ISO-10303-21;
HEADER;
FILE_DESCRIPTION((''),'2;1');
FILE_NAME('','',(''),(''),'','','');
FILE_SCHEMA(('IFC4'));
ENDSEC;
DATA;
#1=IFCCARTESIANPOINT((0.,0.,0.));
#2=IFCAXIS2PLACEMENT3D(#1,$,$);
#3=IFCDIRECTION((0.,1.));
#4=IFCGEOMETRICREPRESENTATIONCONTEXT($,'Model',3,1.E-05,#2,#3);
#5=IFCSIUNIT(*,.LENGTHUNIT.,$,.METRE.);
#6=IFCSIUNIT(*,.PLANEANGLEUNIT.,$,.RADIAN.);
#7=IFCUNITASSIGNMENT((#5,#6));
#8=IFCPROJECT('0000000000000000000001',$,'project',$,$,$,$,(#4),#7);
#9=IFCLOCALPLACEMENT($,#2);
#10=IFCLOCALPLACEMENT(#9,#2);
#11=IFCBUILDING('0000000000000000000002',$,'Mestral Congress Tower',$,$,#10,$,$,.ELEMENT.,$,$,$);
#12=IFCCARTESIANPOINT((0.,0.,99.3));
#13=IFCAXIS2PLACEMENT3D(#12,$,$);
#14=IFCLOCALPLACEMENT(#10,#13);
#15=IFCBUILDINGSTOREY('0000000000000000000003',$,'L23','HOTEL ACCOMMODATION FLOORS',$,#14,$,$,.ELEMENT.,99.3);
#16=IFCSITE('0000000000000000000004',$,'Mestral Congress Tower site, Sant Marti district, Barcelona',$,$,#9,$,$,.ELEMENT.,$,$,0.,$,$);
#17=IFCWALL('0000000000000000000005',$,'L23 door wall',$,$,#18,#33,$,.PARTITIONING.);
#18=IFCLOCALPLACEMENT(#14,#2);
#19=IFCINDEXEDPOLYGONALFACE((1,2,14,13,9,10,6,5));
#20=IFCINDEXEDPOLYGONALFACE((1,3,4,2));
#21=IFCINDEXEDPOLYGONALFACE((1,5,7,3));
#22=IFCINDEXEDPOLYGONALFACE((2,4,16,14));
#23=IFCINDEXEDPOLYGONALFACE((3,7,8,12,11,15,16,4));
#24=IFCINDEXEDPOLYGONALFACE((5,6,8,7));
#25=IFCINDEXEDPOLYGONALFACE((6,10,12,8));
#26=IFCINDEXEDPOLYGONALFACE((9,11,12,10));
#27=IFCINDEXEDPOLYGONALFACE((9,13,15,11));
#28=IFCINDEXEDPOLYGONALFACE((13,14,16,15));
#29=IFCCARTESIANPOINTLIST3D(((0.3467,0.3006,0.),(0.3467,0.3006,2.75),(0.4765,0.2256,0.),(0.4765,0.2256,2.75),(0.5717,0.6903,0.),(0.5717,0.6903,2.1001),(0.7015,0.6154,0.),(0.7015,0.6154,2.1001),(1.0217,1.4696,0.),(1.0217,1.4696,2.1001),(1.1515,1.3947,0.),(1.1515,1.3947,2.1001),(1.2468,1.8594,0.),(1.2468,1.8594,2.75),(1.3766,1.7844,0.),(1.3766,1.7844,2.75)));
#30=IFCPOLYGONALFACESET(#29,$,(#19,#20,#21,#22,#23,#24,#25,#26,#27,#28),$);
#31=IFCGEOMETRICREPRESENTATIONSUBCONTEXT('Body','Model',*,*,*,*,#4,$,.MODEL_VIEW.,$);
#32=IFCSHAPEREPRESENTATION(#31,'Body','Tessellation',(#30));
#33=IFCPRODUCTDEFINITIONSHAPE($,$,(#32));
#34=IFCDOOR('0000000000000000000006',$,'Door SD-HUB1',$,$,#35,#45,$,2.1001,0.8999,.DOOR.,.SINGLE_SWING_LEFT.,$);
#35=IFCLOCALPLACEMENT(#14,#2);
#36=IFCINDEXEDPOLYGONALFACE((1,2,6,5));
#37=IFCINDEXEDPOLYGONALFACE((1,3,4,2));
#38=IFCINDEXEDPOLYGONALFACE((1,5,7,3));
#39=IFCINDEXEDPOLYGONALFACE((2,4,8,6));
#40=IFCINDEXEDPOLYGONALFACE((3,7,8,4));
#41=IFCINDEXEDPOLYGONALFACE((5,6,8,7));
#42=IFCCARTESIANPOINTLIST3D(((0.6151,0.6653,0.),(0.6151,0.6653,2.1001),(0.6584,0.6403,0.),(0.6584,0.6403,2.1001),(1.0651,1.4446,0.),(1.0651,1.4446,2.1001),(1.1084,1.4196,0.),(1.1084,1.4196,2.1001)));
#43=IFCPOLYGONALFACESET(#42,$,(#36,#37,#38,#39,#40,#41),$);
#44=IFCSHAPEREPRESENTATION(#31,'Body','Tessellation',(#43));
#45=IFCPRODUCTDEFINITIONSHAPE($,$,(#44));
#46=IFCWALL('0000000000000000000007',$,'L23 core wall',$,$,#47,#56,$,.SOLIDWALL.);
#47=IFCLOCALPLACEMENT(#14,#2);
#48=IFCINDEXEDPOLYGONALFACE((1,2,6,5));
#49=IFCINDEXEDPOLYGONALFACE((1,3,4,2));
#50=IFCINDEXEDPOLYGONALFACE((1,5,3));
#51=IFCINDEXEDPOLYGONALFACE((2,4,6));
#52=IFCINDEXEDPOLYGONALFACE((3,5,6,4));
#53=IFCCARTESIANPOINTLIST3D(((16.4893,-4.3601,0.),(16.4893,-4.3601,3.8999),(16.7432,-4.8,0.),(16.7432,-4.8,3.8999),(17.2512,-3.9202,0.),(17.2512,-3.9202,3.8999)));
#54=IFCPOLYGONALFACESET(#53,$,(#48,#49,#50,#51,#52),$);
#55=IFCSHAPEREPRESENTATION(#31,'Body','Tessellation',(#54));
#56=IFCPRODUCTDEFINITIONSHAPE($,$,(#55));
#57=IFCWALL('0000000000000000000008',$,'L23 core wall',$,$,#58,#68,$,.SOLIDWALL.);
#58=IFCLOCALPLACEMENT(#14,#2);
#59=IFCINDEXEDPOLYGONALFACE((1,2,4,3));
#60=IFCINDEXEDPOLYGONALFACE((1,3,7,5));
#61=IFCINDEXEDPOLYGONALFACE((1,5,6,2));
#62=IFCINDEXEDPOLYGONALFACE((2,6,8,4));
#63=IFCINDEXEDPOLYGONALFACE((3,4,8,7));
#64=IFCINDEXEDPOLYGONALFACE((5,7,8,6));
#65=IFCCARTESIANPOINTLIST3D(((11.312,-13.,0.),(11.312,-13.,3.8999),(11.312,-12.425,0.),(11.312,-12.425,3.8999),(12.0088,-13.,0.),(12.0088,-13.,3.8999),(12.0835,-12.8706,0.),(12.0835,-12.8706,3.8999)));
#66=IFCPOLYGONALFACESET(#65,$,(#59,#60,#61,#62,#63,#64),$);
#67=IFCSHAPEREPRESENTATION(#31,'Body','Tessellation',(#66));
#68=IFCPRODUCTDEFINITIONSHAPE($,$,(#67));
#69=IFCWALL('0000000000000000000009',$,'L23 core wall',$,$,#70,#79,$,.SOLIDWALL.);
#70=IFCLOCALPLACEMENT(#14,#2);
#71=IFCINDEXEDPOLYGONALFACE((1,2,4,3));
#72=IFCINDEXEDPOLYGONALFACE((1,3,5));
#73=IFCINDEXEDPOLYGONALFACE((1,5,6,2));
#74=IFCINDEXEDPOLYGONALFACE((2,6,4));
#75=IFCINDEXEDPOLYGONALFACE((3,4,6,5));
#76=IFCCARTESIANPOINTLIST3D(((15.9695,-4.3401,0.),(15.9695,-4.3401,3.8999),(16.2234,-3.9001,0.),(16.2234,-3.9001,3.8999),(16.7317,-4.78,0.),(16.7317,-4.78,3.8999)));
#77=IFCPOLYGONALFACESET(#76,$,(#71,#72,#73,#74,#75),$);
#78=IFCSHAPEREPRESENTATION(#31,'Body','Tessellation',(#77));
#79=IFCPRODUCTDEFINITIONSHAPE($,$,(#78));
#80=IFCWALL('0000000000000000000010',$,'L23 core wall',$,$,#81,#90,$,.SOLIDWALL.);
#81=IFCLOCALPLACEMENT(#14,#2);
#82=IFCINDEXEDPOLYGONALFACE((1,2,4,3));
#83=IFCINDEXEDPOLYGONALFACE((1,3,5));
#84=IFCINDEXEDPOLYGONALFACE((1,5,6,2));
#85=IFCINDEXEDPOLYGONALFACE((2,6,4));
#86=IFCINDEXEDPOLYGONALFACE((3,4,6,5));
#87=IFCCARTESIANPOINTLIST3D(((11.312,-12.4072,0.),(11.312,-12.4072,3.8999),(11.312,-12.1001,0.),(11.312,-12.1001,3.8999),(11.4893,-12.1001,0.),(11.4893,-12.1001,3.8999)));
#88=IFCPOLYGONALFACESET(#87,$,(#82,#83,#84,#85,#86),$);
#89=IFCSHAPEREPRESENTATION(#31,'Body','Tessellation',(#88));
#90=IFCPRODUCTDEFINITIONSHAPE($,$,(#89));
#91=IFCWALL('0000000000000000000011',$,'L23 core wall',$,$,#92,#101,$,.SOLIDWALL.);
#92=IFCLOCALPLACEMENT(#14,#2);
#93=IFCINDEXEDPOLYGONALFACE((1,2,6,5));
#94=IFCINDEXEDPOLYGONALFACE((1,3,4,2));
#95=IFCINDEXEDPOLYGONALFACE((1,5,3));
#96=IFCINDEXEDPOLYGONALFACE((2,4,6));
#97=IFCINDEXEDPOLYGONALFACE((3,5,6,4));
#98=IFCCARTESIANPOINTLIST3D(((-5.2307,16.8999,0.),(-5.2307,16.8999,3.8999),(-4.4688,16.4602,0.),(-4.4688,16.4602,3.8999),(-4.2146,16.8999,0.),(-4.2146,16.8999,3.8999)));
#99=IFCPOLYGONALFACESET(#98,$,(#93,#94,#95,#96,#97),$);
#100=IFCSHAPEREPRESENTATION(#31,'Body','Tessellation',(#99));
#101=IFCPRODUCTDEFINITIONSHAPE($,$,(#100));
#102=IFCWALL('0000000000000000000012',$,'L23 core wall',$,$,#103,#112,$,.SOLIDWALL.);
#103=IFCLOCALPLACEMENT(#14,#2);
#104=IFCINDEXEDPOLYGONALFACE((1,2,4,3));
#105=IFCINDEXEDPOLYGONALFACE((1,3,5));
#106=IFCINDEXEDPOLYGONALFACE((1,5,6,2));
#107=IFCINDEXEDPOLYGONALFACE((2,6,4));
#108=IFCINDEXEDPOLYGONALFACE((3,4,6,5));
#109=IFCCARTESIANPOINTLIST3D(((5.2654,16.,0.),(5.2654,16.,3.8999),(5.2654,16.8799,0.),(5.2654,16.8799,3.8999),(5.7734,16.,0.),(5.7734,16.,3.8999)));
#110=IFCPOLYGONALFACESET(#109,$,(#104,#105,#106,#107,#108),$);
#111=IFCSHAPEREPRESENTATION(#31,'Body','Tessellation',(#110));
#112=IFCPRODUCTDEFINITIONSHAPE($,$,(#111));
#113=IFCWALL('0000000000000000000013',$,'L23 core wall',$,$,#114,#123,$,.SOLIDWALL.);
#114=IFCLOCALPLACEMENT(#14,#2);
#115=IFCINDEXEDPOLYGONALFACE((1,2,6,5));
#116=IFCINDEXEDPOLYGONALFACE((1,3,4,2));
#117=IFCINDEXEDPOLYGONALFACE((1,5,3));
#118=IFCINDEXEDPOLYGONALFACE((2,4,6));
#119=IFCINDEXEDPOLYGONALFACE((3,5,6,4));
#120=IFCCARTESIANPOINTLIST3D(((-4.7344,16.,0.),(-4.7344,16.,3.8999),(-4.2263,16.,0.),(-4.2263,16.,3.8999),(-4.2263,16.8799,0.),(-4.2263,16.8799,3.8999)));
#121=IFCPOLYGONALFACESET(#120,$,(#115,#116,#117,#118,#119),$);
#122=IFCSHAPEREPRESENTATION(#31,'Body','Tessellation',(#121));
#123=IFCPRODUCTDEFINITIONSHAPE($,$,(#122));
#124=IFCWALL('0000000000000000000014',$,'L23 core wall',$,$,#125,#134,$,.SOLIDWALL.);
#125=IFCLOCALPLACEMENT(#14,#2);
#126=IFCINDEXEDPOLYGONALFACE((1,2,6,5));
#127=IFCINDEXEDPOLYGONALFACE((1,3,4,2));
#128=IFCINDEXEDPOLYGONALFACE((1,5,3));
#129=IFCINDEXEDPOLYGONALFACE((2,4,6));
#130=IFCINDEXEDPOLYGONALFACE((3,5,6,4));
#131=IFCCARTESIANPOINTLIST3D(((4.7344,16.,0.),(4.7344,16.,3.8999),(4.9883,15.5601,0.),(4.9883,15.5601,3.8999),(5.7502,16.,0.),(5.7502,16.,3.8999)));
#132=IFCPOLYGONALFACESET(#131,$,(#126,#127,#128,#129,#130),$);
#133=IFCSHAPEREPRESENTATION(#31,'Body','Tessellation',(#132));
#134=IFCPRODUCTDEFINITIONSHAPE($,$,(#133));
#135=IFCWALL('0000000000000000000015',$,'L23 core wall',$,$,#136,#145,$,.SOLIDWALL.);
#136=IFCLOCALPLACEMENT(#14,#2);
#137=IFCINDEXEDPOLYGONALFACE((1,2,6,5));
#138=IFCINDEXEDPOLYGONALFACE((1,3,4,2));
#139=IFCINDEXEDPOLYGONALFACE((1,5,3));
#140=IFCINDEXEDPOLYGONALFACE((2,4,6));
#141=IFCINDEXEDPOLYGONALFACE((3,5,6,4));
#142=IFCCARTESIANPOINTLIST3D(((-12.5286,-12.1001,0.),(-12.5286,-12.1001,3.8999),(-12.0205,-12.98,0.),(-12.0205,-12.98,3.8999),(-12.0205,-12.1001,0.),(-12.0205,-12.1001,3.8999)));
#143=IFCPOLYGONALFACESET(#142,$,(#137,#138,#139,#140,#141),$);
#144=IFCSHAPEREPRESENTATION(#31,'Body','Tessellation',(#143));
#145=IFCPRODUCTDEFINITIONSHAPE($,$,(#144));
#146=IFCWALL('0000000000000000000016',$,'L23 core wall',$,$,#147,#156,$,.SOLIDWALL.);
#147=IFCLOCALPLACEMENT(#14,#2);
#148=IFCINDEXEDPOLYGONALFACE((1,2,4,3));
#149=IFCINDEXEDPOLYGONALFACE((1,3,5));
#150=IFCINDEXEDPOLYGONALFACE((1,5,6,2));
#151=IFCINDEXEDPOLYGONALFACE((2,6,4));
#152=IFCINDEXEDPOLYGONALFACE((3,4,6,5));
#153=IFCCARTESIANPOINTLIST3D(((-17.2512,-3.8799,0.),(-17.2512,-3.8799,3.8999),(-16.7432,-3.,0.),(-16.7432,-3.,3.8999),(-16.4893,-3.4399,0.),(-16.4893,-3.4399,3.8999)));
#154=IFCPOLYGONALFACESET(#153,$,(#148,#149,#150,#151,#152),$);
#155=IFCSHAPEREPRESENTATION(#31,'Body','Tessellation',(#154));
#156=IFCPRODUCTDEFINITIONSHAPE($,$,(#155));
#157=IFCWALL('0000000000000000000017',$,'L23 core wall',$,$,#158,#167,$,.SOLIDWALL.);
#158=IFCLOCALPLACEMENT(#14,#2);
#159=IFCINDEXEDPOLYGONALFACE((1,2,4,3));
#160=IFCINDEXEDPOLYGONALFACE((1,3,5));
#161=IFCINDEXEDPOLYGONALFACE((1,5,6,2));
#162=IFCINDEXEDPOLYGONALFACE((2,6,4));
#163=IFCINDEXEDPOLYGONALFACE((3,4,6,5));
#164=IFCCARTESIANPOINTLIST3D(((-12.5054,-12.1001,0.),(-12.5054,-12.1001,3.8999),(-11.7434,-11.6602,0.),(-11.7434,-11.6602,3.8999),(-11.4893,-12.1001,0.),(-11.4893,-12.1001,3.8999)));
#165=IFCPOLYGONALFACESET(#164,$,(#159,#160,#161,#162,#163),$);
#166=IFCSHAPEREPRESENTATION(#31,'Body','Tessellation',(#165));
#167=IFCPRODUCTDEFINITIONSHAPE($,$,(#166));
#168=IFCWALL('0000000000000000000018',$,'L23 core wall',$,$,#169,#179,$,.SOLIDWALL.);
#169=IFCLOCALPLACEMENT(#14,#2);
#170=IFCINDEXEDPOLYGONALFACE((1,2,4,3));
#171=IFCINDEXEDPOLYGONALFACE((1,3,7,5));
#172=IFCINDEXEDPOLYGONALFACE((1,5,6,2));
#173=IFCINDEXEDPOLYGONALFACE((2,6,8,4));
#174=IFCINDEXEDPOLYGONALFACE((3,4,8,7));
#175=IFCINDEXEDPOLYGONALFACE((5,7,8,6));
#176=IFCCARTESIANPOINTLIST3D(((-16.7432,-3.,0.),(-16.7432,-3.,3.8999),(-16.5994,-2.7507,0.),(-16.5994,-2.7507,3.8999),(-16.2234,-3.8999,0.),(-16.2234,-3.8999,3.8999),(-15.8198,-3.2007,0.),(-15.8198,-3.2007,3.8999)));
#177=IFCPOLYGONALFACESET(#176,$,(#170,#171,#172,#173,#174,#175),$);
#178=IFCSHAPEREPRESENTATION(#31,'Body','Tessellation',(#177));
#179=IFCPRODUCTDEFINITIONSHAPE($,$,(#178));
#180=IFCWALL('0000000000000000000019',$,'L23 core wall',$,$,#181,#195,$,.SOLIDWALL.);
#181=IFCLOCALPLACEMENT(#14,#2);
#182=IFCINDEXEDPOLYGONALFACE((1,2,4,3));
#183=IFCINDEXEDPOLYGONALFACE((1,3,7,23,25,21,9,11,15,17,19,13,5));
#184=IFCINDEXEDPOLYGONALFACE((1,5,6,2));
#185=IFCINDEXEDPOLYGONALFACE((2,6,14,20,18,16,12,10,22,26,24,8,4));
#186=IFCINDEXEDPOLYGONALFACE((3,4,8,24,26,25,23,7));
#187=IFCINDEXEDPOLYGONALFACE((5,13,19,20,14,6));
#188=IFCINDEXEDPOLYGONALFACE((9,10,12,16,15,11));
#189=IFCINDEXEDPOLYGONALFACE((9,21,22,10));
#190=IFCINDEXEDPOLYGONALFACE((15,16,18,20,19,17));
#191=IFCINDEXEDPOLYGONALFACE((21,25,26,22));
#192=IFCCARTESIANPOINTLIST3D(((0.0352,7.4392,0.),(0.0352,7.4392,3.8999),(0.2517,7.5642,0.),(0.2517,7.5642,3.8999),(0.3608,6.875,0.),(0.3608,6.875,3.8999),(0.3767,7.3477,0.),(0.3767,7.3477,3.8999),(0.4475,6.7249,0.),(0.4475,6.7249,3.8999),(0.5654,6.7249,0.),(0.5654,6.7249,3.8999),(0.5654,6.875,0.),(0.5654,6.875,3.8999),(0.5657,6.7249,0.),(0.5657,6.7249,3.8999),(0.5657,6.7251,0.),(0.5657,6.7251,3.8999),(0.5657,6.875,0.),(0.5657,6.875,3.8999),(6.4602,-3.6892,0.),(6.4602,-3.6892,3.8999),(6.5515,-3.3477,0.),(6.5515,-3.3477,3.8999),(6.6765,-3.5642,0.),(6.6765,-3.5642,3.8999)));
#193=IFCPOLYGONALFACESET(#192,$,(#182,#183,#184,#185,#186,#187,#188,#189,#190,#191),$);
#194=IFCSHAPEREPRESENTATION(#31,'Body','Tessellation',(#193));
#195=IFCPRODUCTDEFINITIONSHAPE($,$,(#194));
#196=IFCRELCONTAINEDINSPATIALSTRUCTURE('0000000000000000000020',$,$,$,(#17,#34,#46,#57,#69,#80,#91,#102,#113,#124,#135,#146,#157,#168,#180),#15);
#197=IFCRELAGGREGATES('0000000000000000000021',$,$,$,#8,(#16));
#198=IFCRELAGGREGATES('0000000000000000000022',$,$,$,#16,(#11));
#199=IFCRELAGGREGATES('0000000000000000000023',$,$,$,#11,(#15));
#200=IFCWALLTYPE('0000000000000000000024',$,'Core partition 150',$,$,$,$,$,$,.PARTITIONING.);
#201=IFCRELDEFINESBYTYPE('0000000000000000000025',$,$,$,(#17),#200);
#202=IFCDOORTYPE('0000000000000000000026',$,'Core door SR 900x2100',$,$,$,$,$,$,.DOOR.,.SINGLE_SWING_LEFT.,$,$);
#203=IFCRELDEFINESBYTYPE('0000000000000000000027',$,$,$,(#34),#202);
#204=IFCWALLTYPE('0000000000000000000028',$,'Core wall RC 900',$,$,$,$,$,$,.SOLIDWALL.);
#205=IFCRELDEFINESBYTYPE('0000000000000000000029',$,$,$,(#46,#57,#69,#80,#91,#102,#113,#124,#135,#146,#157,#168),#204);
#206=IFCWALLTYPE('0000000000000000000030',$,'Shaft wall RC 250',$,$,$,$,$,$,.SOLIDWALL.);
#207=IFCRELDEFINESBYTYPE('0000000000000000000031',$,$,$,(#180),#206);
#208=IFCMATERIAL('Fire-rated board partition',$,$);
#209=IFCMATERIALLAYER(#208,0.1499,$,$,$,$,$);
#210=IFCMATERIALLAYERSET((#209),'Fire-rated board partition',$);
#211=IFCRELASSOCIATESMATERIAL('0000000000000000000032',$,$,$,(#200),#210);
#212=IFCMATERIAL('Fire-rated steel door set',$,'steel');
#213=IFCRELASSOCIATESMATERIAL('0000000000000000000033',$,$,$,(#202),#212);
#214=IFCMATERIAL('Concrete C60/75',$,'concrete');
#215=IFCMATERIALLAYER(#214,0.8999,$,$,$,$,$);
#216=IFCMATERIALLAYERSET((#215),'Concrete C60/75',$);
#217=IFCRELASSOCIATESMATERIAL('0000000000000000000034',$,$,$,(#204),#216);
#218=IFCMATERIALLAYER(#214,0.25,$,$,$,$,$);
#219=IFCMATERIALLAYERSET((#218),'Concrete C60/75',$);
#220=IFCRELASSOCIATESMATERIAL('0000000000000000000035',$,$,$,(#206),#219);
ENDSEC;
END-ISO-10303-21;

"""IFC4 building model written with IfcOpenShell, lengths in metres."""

from ifc_helpers import new_model, si_unit, direction, frame, frame_2d, origin, place, context, subcontext, project, spatial, polyline, rectangle, outline, extrude, material, layer, layer_set, type_object, element, fill, save


model = new_model("IFC4")

# Units and contexts
model_context = context("Model", 3, precision=1e-05, world=origin(), true_north=direction((0.0, 1.0)))
body_context = subcontext(model_context, "Body", "Model", "MODEL_VIEW")
ifc_project = project(units=[si_unit("LENGTHUNIT", "METRE"), si_unit("PLANEANGLEUNIT", "RADIAN")], contexts=[model_context])

# Site, building, storey
site_placement = place(None, origin())
site = spatial("IfcSite", under=ifc_project, at=site_placement, Name="Mestral Congress Tower site, Sant Marti district, Barcelona", CompositionType="ELEMENT", RefElevation=0.0)
building_placement = place(site_placement, origin())
building = spatial("IfcBuilding", under=site, at=building_placement, Name="Mestral Congress Tower", CompositionType="ELEMENT")
storey_placement = place(building_placement, frame((0.0, 0.0, 99.3)))
storey = spatial("IfcBuildingStorey", under=building, at=storey_placement, Name="L23", Description="HOTEL ACCOMMODATION FLOORS", CompositionType="ELEMENT", Elevation=99.3)

# Shared definitions
ifc_material_1 = material(Name="Concrete C60/75", Category="concrete")

# Shared definitions
placement_1 = place(storey_placement, origin())

# Shared definitions
ifc_material_2 = material(Name="Fire-rated board partition")
ifc_layer_1 = layer(ifc_material_2, 0.1499)
ifc_layer_set_1 = layer_set([ifc_layer_1], Name="Fire-rated board partition")
wall_type_1 = type_object("IfcWallType", Name="Core partition 150", PredefinedType="PARTITIONING", material=ifc_layer_set_1)

# Wall, opening, door
wall_1_placement = place(storey_placement, frame((0.4116, 0.2632, 0.0), z_axis=(0.0, 0.0, 1.0), x_axis=(0.500063, 0.865989, 0.0)))
wall_1 = element("IfcWall", 1, at=wall_1_placement, inside=storey, type_object=wall_type_1, Name="L23 door wall", PredefinedType="PARTITIONING", context=body_context, shape_type="SweptSolid", body=[
    extrude(rectangle(XDim=1.8, YDim=0.1499, at=frame_2d((0.8999, 0.0))), origin(), (0.0, 0.0, 1.0), 2.75),
])
opening_placement = place(wall_1_placement, frame((0.45, 0.0, 0.0)))
opening = element("IfcOpeningElement", 2, at=opening_placement, cuts=wall_1, PredefinedType="OPENING", context=body_context, shape_type="SweptSolid", body=[
    extrude(rectangle(XDim=0.8999, YDim=2.1001, at=frame_2d((0.45, 1.05))), frame((0.0, 0.085, 0.0), z_axis=(0.0, -1.0, 0.0), x_axis=(1.0, 0.0, 0.0)), (0.0, 0.0, 1.0), 0.1699),
])
ifc_material_3 = material(Name="Fire-rated steel door set", Category="steel")
door_type = type_object("IfcDoorType", Name="Core door SR 900x2100", OperationType="SINGLE_SWING_LEFT", PredefinedType="DOOR", material=ifc_material_3)
door_placement = place(opening_placement, origin())
door = element("IfcDoor", 3, at=door_placement, inside=storey, type_object=door_type, Name="Door SD-HUB1", OperationType="SINGLE_SWING_LEFT", OverallHeight=2.1001, OverallWidth=0.8999, PredefinedType="DOOR", context=body_context, shape_type="SweptSolid", body=[
    extrude(rectangle(XDim=0.8999, YDim=2.1001, at=frame_2d((0.45, 1.05))), frame((0.0, 0.0249, 0.0), z_axis=(0.0, -1.0, 0.0), x_axis=(1.0, 0.0, 0.0)), (0.0, 0.0, 1.0), 0.05),
])
fill(opening, door)

# Walls
ifc_layer_2 = layer(ifc_material_1, 0.8999)
ifc_layer_set_2 = layer_set([ifc_layer_2], Name="Concrete C60/75")
wall_type_2 = type_object("IfcWallType", Name="Core wall RC 900", PredefinedType="SOLIDWALL", material=ifc_layer_set_2)
element("IfcWall", 4, at=placement_1, inside=storey, type_object=wall_type_2, Name="L23 core wall", PredefinedType="SOLIDWALL", context=body_context, shape_type="SweptSolid", body=[
    extrude(outline(polyline([(16.7432, -4.8), (16.4893, -4.3601), (17.2512, -3.9202), (16.7432, -4.8)])), origin(), (0.0, 0.0, 1.0), 3.8999),
])
element("IfcWall", 5, at=placement_1, inside=storey, type_object=wall_type_2, Name="L23 core wall", PredefinedType="SOLIDWALL", context=body_context, shape_type="SweptSolid", body=[
    extrude(outline(polyline([(12.0088, -13.0), (11.312, -13.0), (11.312, -12.425), (12.0835, -12.8706), (12.0088, -13.0)])), origin(), (0.0, 0.0, 1.0), 3.8999),
])
element("IfcWall", 6, at=placement_1, inside=storey, type_object=wall_type_2, Name="L23 core wall", PredefinedType="SOLIDWALL", context=body_context, shape_type="SweptSolid", body=[
    extrude(outline(polyline([(16.2234, -3.9001), (16.7317, -4.78), (15.9695, -4.3401), (16.2234, -3.9001)])), origin(), (0.0, 0.0, 1.0), 3.8999),
])
element("IfcWall", 7, at=placement_1, inside=storey, type_object=wall_type_2, Name="L23 core wall", PredefinedType="SOLIDWALL", context=body_context, shape_type="SweptSolid", body=[
    extrude(outline(polyline([(11.4893, -12.1001), (11.312, -12.4072), (11.312, -12.1001), (11.4893, -12.1001)])), origin(), (0.0, 0.0, 1.0), 3.8999),
])
element("IfcWall", 8, at=placement_1, inside=storey, type_object=wall_type_2, Name="L23 core wall", PredefinedType="SOLIDWALL", context=body_context, shape_type="SweptSolid", body=[
    extrude(outline(polyline([(-4.2146, 16.8999), (-4.4688, 16.4602), (-5.2307, 16.8999), (-4.2146, 16.8999)])), origin(), (0.0, 0.0, 1.0), 3.8999),
])
element("IfcWall", 9, at=placement_1, inside=storey, type_object=wall_type_2, Name="L23 core wall", PredefinedType="SOLIDWALL", context=body_context, shape_type="SweptSolid", body=[
    extrude(outline(polyline([(5.2654, 16.0), (5.2654, 16.8799), (5.7734, 16.0), (5.2654, 16.0)])), origin(), (0.0, 0.0, 1.0), 3.8999),
])
element("IfcWall", 10, at=placement_1, inside=storey, type_object=wall_type_2, Name="L23 core wall", PredefinedType="SOLIDWALL", context=body_context, shape_type="SweptSolid", body=[
    extrude(outline(polyline([(-4.7344, 16.0), (-4.2263, 16.8799), (-4.2263, 16.0), (-4.7344, 16.0)])), origin(), (0.0, 0.0, 1.0), 3.8999),
])
element("IfcWall", 11, at=placement_1, inside=storey, type_object=wall_type_2, Name="L23 core wall", PredefinedType="SOLIDWALL", context=body_context, shape_type="SweptSolid", body=[
    extrude(outline(polyline([(4.7344, 16.0), (5.7502, 16.0), (4.9883, 15.5601), (4.7344, 16.0)])), origin(), (0.0, 0.0, 1.0), 3.8999),
])
element("IfcWall", 12, at=placement_1, inside=storey, type_object=wall_type_2, Name="L23 core wall", PredefinedType="SOLIDWALL", context=body_context, shape_type="SweptSolid", body=[
    extrude(outline(polyline([(-12.5286, -12.1001), (-12.0205, -12.1001), (-12.0205, -12.98), (-12.5286, -12.1001)])), origin(), (0.0, 0.0, 1.0), 3.8999),
])
element("IfcWall", 13, at=placement_1, inside=storey, type_object=wall_type_2, Name="L23 core wall", PredefinedType="SOLIDWALL", context=body_context, shape_type="SweptSolid", body=[
    extrude(outline(polyline([(-16.4893, -3.4399), (-17.2512, -3.8799), (-16.7432, -3.0), (-16.4893, -3.4399)])), origin(), (0.0, 0.0, 1.0), 3.8999),
])
element("IfcWall", 14, at=placement_1, inside=storey, type_object=wall_type_2, Name="L23 core wall", PredefinedType="SOLIDWALL", context=body_context, shape_type="SweptSolid", body=[
    extrude(outline(polyline([(-11.4893, -12.1001), (-12.5054, -12.1001), (-11.7434, -11.6602), (-11.4893, -12.1001)])), origin(), (0.0, 0.0, 1.0), 3.8999),
])
element("IfcWall", 15, at=placement_1, inside=storey, type_object=wall_type_2, Name="L23 core wall", PredefinedType="SOLIDWALL", context=body_context, shape_type="SweptSolid", body=[
    extrude(outline(polyline([(-15.8198, -3.2007), (-16.2234, -3.8999), (-16.7432, -3.0), (-16.5994, -2.7507), (-15.8198, -3.2007)])), origin(), (0.0, 0.0, 1.0), 3.8999),
])
ifc_layer_3 = layer(ifc_material_1, 0.25)
ifc_layer_set_3 = layer_set([ifc_layer_3], Name="Concrete C60/75")
wall_type_3 = type_object("IfcWallType", Name="Shaft wall RC 250", PredefinedType="SOLIDWALL", material=ifc_layer_set_3)
element("IfcWall", 16, at=placement_1, inside=storey, type_object=wall_type_3, Name="L23 core wall", PredefinedType="SOLIDWALL", context=body_context, shape_type="SweptSolid", body=[
    extrude(outline(polyline([(0.5657, 6.7251), (0.5657, 6.875), (0.5657, 6.875), (0.5654, 6.875), (0.3608, 6.875), (0.0352, 7.4392), (0.2517, 7.5642), (0.3767, 7.3477), (6.5515, -3.3477), (6.6765, -3.5642), (6.4602, -3.6892), (0.4475, 6.7249), (0.5654, 6.7249), (0.5657, 6.7249), (0.5657, 6.7251)])), origin(), (0.0, 0.0, 1.0), 3.8999),
])

save(model, "model.ifc")
